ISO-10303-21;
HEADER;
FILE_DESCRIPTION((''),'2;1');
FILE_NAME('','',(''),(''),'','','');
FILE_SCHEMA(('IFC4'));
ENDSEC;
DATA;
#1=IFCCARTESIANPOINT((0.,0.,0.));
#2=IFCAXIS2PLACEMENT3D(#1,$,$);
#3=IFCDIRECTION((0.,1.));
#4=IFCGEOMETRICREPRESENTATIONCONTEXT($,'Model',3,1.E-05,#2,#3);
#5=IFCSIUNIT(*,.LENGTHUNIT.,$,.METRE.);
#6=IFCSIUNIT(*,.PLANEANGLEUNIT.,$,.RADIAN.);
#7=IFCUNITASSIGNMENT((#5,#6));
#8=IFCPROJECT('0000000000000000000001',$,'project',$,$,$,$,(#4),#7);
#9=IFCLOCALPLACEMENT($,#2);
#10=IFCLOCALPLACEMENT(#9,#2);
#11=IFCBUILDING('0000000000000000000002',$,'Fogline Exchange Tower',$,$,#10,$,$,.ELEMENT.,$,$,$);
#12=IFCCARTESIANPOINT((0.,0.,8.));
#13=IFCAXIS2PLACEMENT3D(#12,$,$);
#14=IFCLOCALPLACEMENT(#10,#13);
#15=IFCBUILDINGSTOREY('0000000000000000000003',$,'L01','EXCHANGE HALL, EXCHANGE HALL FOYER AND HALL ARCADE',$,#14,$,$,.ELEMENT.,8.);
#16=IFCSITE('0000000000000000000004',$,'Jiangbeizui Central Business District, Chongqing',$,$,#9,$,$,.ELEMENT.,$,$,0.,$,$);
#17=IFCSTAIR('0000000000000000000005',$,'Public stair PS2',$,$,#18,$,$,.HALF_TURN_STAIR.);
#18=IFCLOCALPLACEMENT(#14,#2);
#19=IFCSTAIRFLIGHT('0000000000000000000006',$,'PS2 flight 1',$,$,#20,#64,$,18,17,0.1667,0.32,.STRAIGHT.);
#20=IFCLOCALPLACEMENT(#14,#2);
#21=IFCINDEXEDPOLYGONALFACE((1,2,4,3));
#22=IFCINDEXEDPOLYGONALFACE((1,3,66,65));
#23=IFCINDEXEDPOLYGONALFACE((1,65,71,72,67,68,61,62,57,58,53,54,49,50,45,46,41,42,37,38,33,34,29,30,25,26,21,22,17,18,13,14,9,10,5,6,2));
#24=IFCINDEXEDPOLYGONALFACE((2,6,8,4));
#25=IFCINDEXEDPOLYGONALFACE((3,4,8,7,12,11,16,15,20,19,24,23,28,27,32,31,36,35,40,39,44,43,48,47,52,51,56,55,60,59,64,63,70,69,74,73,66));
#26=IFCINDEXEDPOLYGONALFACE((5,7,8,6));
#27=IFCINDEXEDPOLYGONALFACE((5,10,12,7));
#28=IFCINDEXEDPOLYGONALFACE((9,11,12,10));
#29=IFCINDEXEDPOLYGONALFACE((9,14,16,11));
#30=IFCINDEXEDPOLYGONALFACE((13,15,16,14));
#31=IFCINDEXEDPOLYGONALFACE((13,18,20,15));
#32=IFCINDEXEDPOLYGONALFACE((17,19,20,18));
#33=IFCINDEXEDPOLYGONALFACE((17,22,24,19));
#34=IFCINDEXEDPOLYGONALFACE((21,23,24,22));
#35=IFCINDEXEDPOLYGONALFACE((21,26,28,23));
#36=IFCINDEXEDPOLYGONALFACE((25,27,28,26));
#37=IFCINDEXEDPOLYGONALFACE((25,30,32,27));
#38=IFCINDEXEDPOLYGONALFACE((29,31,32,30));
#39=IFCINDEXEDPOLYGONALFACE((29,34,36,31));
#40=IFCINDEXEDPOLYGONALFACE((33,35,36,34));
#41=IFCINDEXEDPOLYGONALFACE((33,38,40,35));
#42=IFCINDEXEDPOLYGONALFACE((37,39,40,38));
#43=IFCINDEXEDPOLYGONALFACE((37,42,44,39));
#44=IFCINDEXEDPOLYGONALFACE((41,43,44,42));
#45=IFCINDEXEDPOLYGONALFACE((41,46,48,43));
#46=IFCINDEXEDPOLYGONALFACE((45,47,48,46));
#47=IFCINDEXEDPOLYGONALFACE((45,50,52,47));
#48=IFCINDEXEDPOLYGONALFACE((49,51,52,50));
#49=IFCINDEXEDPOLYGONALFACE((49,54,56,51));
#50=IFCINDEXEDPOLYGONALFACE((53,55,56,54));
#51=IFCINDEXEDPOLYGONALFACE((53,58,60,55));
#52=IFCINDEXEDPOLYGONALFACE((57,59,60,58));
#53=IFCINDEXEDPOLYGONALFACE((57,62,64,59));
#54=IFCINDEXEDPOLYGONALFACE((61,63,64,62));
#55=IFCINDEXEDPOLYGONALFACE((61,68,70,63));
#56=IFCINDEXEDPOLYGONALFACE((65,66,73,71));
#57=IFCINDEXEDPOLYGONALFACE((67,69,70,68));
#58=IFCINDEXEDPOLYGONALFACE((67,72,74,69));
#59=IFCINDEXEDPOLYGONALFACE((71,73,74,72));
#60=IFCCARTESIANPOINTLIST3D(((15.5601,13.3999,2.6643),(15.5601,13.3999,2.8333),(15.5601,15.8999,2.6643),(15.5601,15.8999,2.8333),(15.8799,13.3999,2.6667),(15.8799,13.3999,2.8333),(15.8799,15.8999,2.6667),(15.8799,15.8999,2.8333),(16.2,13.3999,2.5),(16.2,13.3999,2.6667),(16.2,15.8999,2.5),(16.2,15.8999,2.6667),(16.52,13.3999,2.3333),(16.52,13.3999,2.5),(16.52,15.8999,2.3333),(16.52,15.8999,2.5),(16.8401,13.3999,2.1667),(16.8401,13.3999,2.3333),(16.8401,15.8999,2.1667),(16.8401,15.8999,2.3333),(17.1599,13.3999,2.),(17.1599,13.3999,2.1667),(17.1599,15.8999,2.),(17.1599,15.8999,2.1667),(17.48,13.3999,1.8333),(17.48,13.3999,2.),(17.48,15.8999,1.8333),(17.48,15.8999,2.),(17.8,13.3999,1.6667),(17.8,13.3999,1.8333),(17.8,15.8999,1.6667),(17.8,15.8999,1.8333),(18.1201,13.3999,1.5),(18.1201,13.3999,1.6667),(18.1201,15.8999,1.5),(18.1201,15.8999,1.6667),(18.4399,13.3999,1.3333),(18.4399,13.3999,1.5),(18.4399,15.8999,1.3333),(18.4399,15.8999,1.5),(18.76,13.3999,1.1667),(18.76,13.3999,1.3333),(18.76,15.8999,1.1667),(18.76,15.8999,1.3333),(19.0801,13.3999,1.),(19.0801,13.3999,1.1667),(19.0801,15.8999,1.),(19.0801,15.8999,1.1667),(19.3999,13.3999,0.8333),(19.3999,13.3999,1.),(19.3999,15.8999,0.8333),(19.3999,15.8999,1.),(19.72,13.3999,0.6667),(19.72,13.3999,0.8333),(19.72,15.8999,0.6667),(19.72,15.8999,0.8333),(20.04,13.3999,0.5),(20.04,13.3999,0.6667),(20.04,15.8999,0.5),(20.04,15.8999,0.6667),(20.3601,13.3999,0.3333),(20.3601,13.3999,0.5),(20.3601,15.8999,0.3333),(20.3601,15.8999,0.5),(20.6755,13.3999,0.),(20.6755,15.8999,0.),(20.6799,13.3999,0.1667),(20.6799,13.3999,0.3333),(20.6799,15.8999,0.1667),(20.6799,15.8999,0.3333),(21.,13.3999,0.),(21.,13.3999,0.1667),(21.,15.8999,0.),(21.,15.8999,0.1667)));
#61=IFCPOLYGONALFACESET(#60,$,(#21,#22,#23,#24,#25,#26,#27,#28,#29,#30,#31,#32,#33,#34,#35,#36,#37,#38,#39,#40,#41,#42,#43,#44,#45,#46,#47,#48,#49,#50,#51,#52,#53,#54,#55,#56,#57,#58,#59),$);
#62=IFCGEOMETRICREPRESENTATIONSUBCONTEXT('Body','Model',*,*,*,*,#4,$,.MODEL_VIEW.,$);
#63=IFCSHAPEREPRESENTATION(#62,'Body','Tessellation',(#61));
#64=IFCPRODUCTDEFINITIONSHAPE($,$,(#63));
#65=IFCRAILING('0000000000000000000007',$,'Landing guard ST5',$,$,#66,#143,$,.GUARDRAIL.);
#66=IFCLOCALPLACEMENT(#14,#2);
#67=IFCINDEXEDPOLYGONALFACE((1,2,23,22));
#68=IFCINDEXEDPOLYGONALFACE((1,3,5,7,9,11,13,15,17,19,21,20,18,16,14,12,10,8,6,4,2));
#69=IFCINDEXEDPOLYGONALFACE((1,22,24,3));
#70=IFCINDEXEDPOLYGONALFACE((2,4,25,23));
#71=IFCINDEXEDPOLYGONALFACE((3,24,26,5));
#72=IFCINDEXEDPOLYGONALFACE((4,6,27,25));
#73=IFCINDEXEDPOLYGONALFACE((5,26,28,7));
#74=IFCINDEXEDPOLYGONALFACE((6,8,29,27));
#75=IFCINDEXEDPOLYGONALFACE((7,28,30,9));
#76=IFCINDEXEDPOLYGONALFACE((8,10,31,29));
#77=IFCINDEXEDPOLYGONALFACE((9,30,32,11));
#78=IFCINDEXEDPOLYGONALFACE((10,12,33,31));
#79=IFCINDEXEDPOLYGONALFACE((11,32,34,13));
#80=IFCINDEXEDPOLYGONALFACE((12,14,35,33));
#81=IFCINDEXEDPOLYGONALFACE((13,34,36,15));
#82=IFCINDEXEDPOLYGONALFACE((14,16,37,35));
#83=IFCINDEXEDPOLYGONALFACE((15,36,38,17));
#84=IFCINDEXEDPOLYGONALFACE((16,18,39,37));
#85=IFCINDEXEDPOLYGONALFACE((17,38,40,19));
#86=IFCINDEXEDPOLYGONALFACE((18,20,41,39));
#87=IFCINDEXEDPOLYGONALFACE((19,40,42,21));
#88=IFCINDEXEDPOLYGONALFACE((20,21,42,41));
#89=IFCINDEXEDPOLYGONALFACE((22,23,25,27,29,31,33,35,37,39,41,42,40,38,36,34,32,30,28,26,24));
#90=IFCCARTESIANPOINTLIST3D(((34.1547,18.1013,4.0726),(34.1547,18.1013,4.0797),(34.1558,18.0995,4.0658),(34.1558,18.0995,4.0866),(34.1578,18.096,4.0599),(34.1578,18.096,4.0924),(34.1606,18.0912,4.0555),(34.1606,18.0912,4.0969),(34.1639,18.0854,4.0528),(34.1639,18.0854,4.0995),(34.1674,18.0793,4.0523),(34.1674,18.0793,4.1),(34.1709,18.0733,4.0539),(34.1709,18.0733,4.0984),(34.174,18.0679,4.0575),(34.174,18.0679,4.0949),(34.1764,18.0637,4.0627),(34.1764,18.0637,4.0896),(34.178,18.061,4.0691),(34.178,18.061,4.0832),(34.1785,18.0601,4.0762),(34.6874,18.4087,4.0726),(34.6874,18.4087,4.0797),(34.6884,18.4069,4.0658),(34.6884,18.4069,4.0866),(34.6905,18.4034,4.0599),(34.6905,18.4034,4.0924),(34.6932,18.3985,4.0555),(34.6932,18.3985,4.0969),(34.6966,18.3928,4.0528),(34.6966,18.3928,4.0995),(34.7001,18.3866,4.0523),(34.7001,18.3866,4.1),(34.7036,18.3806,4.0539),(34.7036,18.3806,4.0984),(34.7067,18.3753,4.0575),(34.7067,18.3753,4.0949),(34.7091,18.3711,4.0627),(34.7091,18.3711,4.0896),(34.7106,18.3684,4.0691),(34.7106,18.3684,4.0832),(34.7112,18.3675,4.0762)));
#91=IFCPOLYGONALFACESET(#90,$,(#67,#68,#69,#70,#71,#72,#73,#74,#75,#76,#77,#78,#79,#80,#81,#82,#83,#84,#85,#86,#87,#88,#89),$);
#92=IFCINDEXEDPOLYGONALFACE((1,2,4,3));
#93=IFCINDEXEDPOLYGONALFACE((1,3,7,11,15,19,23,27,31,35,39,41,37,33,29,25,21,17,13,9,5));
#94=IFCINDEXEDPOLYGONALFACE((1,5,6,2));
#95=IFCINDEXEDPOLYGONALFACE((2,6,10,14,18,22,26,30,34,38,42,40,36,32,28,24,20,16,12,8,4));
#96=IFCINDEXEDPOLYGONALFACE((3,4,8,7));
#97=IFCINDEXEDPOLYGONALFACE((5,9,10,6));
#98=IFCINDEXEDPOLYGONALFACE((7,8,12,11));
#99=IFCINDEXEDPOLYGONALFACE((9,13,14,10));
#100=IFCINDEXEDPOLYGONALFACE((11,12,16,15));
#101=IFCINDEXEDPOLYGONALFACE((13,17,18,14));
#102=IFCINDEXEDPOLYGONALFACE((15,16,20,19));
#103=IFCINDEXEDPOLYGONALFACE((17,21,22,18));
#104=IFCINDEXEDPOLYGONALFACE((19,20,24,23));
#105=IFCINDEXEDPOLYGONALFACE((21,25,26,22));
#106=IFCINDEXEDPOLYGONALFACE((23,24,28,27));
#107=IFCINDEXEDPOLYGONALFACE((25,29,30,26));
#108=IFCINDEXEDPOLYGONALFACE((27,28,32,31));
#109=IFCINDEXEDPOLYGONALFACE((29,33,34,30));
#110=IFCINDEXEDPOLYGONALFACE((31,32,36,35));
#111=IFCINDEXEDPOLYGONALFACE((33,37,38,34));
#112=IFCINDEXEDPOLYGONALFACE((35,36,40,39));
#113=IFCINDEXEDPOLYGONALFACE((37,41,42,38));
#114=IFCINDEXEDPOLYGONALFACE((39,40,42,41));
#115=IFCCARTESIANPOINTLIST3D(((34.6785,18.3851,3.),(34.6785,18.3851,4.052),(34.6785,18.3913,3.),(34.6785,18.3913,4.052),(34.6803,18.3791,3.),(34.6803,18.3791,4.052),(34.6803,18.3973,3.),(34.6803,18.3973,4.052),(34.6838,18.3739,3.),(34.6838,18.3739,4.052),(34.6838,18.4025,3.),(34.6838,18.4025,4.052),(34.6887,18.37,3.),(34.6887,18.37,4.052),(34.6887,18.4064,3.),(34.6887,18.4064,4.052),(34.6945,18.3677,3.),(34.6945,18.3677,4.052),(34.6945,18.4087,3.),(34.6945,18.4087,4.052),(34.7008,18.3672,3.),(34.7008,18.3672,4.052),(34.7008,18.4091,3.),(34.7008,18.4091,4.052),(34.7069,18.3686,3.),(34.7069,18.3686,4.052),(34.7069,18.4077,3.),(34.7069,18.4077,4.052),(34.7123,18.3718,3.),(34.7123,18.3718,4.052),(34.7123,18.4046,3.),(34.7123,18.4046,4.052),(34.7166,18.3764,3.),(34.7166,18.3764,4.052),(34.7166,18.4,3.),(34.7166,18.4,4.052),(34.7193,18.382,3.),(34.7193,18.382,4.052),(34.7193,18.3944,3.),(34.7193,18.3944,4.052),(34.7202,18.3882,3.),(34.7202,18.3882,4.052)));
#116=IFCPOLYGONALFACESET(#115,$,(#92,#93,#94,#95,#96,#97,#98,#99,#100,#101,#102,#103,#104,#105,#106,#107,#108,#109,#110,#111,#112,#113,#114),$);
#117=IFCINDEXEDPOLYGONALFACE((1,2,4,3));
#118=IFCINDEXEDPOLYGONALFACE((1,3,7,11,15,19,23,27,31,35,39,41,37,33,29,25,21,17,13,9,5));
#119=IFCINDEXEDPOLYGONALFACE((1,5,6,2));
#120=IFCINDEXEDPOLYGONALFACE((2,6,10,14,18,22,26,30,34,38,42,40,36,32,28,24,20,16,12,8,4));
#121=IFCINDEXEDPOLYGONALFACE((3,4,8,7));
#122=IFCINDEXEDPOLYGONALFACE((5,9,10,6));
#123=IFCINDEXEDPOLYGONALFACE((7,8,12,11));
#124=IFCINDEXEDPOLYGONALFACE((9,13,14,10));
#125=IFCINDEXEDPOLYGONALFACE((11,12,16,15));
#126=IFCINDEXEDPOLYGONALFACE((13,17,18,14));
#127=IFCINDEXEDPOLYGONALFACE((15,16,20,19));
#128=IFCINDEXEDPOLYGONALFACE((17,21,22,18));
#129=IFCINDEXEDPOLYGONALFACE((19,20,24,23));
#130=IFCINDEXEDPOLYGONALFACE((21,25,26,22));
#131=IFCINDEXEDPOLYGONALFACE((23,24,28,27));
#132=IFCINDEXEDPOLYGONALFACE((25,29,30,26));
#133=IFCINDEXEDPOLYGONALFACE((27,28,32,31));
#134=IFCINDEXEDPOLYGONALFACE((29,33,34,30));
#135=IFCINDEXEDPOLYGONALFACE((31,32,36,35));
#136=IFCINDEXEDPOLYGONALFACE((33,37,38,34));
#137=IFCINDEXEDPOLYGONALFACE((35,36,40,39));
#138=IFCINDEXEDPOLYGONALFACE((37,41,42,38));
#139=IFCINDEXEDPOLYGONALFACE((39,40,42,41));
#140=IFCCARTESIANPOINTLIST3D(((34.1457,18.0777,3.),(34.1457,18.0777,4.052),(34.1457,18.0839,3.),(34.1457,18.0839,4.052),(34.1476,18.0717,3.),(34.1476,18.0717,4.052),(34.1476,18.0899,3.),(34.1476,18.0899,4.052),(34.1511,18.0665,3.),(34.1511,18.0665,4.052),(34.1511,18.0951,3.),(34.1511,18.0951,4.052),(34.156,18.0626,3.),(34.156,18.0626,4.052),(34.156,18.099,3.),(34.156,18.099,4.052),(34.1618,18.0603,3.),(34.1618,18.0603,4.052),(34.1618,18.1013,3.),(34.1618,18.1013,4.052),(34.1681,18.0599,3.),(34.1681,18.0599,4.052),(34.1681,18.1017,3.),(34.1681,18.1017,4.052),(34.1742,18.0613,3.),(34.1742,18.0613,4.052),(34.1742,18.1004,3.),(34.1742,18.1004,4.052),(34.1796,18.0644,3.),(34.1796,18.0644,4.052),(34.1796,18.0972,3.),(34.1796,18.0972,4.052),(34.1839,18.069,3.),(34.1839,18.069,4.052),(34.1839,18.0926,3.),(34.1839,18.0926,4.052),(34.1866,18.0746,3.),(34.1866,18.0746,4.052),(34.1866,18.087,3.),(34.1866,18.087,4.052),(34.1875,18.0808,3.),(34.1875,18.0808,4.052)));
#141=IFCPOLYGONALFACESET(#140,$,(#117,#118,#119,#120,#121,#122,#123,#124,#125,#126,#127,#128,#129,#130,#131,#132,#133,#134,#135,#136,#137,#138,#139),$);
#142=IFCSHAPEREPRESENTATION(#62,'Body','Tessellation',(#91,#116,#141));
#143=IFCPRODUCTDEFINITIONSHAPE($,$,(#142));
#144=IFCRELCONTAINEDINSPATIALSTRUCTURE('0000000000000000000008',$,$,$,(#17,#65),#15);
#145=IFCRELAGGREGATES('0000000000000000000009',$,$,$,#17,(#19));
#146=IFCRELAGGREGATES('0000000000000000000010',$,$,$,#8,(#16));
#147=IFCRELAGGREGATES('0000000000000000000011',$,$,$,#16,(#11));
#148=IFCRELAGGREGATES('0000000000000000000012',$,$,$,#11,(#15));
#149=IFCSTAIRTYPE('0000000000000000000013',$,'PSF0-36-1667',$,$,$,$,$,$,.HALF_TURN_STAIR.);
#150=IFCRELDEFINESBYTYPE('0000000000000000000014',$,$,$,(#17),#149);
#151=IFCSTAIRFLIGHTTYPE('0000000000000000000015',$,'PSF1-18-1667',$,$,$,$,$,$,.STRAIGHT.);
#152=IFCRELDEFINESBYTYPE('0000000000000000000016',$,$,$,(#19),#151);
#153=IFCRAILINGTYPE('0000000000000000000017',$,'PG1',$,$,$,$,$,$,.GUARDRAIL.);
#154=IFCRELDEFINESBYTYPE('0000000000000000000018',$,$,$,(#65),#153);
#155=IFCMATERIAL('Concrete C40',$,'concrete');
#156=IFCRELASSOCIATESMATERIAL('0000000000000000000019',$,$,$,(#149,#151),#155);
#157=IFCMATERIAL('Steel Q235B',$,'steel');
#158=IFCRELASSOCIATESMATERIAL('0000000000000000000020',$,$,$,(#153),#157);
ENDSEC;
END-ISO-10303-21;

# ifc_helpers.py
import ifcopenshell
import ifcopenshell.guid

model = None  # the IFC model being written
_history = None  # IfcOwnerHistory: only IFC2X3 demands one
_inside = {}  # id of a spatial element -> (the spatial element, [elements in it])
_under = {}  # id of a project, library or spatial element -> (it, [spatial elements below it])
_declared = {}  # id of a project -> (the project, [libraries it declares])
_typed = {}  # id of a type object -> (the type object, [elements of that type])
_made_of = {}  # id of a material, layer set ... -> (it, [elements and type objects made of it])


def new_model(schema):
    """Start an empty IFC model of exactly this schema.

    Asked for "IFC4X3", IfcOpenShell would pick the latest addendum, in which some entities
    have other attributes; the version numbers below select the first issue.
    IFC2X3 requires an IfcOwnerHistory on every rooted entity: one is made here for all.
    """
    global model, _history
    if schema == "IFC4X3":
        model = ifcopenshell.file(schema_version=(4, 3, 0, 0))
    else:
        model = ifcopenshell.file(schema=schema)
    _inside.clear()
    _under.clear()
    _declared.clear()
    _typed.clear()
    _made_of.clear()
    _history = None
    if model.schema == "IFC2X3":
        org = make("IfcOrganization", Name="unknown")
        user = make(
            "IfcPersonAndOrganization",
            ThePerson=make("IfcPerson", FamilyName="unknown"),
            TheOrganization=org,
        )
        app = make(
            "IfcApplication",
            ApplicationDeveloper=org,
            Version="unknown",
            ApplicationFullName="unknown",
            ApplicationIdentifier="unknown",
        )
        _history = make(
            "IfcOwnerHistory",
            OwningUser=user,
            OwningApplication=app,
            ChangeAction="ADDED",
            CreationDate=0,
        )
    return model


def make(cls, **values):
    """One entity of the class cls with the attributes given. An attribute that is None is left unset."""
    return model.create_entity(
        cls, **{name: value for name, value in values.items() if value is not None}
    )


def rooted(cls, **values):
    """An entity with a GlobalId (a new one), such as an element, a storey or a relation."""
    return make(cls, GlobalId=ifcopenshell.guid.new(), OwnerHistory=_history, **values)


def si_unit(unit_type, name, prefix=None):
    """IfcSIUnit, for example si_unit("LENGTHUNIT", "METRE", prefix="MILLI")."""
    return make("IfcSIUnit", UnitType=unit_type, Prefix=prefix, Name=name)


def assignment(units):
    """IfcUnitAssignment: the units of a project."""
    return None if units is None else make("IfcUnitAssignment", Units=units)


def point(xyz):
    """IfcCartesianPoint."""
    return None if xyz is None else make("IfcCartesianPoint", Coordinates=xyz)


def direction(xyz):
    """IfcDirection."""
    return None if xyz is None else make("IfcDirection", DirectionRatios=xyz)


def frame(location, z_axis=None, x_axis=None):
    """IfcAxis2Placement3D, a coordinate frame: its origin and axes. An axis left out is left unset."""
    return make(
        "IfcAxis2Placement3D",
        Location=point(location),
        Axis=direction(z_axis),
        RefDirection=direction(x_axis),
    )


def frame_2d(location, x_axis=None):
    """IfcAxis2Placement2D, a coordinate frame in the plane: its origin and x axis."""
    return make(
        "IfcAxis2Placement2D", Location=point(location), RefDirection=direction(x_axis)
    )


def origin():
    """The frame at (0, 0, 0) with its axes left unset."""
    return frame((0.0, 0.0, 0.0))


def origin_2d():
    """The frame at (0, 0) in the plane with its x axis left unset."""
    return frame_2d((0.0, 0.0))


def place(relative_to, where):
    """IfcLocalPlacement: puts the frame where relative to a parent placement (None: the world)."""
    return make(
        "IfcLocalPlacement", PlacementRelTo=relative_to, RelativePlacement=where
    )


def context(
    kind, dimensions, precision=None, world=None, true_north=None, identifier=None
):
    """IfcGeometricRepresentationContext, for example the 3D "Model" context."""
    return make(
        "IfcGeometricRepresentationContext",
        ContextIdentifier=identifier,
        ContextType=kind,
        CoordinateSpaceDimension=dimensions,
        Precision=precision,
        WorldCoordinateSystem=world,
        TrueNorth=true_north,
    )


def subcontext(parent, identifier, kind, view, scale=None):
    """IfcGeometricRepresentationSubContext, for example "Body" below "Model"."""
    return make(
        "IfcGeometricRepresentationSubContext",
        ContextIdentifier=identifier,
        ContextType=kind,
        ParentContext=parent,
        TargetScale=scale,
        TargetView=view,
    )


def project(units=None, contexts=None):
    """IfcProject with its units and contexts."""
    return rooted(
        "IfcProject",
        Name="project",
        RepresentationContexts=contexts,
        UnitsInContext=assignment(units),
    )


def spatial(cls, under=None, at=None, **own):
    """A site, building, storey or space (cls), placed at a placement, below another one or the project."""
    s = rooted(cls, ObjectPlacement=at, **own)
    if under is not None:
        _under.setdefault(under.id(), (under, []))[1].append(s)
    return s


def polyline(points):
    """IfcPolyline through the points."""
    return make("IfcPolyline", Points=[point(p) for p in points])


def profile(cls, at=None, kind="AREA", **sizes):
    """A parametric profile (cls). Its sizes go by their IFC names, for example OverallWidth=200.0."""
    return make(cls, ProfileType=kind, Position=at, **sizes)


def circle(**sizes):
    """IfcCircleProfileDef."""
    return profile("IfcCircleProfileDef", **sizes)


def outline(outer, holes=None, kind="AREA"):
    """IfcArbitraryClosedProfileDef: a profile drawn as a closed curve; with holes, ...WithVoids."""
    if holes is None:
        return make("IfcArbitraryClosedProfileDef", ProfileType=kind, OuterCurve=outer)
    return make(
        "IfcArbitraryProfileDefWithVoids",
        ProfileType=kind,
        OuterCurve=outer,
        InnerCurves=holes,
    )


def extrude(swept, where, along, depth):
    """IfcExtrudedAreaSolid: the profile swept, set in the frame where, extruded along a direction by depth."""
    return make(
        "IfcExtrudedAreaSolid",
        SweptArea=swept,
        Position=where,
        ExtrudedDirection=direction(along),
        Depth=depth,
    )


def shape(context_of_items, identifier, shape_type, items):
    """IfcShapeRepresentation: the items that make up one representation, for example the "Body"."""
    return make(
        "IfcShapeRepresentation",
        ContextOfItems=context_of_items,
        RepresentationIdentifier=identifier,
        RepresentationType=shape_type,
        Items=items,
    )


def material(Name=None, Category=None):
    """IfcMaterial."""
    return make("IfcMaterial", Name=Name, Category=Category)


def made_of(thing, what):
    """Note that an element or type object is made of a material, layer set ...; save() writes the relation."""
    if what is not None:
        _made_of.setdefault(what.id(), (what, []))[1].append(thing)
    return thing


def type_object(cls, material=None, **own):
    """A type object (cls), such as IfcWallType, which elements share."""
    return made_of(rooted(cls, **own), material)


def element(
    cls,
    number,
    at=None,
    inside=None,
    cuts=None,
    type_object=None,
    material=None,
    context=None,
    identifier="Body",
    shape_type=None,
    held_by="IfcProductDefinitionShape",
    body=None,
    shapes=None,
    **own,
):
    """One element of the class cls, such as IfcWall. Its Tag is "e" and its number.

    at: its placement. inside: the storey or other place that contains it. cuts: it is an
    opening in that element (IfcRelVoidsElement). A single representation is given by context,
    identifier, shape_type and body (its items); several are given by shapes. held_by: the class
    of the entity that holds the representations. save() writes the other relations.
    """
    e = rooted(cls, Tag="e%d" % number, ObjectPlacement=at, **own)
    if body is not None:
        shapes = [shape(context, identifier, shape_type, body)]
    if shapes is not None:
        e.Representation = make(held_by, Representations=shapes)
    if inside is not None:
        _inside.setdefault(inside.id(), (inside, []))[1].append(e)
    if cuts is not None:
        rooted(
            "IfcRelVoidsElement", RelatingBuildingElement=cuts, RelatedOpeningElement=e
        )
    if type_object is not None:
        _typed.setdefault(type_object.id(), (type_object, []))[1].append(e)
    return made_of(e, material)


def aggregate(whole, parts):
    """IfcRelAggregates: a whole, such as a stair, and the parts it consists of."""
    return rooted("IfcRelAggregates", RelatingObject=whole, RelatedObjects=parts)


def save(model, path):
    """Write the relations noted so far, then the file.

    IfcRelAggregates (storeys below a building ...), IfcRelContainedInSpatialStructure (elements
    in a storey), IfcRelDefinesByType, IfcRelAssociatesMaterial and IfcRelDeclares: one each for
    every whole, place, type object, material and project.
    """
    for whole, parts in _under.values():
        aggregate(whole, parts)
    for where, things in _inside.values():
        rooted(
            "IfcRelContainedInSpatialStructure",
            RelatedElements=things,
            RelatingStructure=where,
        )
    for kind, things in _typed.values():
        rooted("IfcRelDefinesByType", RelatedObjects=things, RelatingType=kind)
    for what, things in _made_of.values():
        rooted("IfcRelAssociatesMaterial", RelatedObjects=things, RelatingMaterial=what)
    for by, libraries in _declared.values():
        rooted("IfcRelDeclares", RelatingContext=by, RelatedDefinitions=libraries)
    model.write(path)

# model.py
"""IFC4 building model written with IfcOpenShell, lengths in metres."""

from ifc_helpers import new_model, si_unit, direction, frame, origin, origin_2d, place, context, subcontext, project, spatial, polyline, circle, outline, extrude, material, type_object, element, aggregate, save


model = new_model("IFC4")

# Units and contexts
model_context = context("Model", 3, precision=1e-05, world=origin(), true_north=direction((0.0, 1.0)))
body_context = subcontext(model_context, "Body", "Model", "MODEL_VIEW")
ifc_project = project(units=[si_unit("LENGTHUNIT", "METRE"), si_unit("PLANEANGLEUNIT", "RADIAN")], contexts=[model_context])

# Site, building, storey
site_placement = place(None, origin())
site = spatial("IfcSite", under=ifc_project, at=site_placement, Name="Jiangbeizui Central Business District, Chongqing", CompositionType="ELEMENT", RefElevation=0.0)
building_placement = place(site_placement, origin())
building = spatial("IfcBuilding", under=site, at=building_placement, Name="Fogline Exchange Tower", CompositionType="ELEMENT")
storey_placement = place(building_placement, frame((0.0, 0.0, 8.0)))
storey = spatial("IfcBuildingStorey", under=building, at=storey_placement, Name="L01", Description="EXCHANGE HALL, EXCHANGE HALL FOYER AND HALL ARCADE", CompositionType="ELEMENT", Elevation=8.0)

# Shared definitions
ifc_material_1 = material(Name="Steel Q235B", Category="steel")

# Shared definitions
ifc_material_2 = material(Name="Concrete C40", Category="concrete")

# Stair, stair flight
stair_type = type_object("IfcStairType", Name="PSF0-36-1667", PredefinedType="HALF_TURN_STAIR", material=ifc_material_2)
stair_flight_type = type_object("IfcStairFlightType", Name="PSF1-18-1667", PredefinedType="STRAIGHT", material=ifc_material_2)
stair_1_placement = place(storey_placement, origin())
stair_1 = element("IfcStair", 1, at=stair_1_placement, inside=storey, type_object=stair_type, Name="Public stair PS2", PredefinedType="HALF_TURN_STAIR")
stair_flight_1_placement = place(storey_placement, frame((21.0, 14.6499, 0.0), z_axis=(0.0, 0.0, 1.0), x_axis=(-1.0, 0.0, 0.0)))
stair_flight_1 = element("IfcStairFlight", 2, at=stair_flight_1_placement, type_object=stair_flight_type, Name="PS2 flight 1", NumberOfRisers=18, NumberOfTreads=17, PredefinedType="STRAIGHT", RiserHeight=0.1667, TreadLength=0.32, context=body_context, shape_type="SweptSolid", body=[
    extrude(outline(polyline([(0.0, 0.0), (0.0, 0.1667), (0.3201, 0.1667), (0.3201, 0.3333), (0.6399, 0.3333), (0.6399, 0.5), (0.96, 0.5), (0.96, 0.6667), (1.28, 0.6667), (1.28, 0.8333), (1.6001, 0.8333), (1.6001, 1.0), (1.9199, 1.0), (1.9199, 1.1667), (2.24, 1.1667), (2.24, 1.3333), (2.5601, 1.3333), (2.5601, 1.5), (2.8799, 1.5), (2.8799, 1.6667), (3.2, 1.6667), (3.2, 1.8333), (3.52, 1.8333), (3.52, 2.0), (3.8401, 2.0), (3.8401, 2.1667), (4.1599, 2.1667), (4.1599, 2.3333), (4.48, 2.3333), (4.48, 2.5), (4.8, 2.5), (4.8, 2.6667), (5.1201, 2.6667), (5.1201, 2.8333), (5.4399, 2.8333), (5.4399, 3.0), (5.4399, 2.6643), (0.3245, 0.0), (0.0, 0.0)])), frame((0.0, 1.25, 0.0), z_axis=(0.0, -1.0, 0.0), x_axis=(1.0, 0.0, 0.0)), (0.0, 0.0, 1.0), 2.5),
])
aggregate(stair_1, [stair_flight_1])

# Railing
railing_type_1 = type_object("IfcRailingType", Name="PG1", PredefinedType="GUARDRAIL", material=ifc_material_1)
railing_1_placement = place(storey_placement, frame((34.6992, 18.3882, 3.0)))
element("IfcRailing", 3, at=railing_1_placement, inside=storey, type_object=railing_type_1, Name="Landing guard ST5", PredefinedType="GUARDRAIL", context=body_context, shape_type="SweptSolid", body=[
    extrude(circle(Radius=0.0239, at=origin_2d()), frame((0.0, 0.0, 1.0762), z_axis=(-0.866159, -0.499768, 0.0), x_axis=(0.499768, -0.866159, 0.0)), (0.0, 0.0, 1.0), 0.615),
    extrude(circle(Radius=0.021, at=origin_2d()), origin(), (0.0, 0.0, 1.0), 1.052),
    extrude(circle(Radius=0.021, at=origin_2d()), frame((-0.5327, -0.3074, 0.0)), (0.0, 0.0, 1.0), 1.052),
])

save(model, "model.ifc")
